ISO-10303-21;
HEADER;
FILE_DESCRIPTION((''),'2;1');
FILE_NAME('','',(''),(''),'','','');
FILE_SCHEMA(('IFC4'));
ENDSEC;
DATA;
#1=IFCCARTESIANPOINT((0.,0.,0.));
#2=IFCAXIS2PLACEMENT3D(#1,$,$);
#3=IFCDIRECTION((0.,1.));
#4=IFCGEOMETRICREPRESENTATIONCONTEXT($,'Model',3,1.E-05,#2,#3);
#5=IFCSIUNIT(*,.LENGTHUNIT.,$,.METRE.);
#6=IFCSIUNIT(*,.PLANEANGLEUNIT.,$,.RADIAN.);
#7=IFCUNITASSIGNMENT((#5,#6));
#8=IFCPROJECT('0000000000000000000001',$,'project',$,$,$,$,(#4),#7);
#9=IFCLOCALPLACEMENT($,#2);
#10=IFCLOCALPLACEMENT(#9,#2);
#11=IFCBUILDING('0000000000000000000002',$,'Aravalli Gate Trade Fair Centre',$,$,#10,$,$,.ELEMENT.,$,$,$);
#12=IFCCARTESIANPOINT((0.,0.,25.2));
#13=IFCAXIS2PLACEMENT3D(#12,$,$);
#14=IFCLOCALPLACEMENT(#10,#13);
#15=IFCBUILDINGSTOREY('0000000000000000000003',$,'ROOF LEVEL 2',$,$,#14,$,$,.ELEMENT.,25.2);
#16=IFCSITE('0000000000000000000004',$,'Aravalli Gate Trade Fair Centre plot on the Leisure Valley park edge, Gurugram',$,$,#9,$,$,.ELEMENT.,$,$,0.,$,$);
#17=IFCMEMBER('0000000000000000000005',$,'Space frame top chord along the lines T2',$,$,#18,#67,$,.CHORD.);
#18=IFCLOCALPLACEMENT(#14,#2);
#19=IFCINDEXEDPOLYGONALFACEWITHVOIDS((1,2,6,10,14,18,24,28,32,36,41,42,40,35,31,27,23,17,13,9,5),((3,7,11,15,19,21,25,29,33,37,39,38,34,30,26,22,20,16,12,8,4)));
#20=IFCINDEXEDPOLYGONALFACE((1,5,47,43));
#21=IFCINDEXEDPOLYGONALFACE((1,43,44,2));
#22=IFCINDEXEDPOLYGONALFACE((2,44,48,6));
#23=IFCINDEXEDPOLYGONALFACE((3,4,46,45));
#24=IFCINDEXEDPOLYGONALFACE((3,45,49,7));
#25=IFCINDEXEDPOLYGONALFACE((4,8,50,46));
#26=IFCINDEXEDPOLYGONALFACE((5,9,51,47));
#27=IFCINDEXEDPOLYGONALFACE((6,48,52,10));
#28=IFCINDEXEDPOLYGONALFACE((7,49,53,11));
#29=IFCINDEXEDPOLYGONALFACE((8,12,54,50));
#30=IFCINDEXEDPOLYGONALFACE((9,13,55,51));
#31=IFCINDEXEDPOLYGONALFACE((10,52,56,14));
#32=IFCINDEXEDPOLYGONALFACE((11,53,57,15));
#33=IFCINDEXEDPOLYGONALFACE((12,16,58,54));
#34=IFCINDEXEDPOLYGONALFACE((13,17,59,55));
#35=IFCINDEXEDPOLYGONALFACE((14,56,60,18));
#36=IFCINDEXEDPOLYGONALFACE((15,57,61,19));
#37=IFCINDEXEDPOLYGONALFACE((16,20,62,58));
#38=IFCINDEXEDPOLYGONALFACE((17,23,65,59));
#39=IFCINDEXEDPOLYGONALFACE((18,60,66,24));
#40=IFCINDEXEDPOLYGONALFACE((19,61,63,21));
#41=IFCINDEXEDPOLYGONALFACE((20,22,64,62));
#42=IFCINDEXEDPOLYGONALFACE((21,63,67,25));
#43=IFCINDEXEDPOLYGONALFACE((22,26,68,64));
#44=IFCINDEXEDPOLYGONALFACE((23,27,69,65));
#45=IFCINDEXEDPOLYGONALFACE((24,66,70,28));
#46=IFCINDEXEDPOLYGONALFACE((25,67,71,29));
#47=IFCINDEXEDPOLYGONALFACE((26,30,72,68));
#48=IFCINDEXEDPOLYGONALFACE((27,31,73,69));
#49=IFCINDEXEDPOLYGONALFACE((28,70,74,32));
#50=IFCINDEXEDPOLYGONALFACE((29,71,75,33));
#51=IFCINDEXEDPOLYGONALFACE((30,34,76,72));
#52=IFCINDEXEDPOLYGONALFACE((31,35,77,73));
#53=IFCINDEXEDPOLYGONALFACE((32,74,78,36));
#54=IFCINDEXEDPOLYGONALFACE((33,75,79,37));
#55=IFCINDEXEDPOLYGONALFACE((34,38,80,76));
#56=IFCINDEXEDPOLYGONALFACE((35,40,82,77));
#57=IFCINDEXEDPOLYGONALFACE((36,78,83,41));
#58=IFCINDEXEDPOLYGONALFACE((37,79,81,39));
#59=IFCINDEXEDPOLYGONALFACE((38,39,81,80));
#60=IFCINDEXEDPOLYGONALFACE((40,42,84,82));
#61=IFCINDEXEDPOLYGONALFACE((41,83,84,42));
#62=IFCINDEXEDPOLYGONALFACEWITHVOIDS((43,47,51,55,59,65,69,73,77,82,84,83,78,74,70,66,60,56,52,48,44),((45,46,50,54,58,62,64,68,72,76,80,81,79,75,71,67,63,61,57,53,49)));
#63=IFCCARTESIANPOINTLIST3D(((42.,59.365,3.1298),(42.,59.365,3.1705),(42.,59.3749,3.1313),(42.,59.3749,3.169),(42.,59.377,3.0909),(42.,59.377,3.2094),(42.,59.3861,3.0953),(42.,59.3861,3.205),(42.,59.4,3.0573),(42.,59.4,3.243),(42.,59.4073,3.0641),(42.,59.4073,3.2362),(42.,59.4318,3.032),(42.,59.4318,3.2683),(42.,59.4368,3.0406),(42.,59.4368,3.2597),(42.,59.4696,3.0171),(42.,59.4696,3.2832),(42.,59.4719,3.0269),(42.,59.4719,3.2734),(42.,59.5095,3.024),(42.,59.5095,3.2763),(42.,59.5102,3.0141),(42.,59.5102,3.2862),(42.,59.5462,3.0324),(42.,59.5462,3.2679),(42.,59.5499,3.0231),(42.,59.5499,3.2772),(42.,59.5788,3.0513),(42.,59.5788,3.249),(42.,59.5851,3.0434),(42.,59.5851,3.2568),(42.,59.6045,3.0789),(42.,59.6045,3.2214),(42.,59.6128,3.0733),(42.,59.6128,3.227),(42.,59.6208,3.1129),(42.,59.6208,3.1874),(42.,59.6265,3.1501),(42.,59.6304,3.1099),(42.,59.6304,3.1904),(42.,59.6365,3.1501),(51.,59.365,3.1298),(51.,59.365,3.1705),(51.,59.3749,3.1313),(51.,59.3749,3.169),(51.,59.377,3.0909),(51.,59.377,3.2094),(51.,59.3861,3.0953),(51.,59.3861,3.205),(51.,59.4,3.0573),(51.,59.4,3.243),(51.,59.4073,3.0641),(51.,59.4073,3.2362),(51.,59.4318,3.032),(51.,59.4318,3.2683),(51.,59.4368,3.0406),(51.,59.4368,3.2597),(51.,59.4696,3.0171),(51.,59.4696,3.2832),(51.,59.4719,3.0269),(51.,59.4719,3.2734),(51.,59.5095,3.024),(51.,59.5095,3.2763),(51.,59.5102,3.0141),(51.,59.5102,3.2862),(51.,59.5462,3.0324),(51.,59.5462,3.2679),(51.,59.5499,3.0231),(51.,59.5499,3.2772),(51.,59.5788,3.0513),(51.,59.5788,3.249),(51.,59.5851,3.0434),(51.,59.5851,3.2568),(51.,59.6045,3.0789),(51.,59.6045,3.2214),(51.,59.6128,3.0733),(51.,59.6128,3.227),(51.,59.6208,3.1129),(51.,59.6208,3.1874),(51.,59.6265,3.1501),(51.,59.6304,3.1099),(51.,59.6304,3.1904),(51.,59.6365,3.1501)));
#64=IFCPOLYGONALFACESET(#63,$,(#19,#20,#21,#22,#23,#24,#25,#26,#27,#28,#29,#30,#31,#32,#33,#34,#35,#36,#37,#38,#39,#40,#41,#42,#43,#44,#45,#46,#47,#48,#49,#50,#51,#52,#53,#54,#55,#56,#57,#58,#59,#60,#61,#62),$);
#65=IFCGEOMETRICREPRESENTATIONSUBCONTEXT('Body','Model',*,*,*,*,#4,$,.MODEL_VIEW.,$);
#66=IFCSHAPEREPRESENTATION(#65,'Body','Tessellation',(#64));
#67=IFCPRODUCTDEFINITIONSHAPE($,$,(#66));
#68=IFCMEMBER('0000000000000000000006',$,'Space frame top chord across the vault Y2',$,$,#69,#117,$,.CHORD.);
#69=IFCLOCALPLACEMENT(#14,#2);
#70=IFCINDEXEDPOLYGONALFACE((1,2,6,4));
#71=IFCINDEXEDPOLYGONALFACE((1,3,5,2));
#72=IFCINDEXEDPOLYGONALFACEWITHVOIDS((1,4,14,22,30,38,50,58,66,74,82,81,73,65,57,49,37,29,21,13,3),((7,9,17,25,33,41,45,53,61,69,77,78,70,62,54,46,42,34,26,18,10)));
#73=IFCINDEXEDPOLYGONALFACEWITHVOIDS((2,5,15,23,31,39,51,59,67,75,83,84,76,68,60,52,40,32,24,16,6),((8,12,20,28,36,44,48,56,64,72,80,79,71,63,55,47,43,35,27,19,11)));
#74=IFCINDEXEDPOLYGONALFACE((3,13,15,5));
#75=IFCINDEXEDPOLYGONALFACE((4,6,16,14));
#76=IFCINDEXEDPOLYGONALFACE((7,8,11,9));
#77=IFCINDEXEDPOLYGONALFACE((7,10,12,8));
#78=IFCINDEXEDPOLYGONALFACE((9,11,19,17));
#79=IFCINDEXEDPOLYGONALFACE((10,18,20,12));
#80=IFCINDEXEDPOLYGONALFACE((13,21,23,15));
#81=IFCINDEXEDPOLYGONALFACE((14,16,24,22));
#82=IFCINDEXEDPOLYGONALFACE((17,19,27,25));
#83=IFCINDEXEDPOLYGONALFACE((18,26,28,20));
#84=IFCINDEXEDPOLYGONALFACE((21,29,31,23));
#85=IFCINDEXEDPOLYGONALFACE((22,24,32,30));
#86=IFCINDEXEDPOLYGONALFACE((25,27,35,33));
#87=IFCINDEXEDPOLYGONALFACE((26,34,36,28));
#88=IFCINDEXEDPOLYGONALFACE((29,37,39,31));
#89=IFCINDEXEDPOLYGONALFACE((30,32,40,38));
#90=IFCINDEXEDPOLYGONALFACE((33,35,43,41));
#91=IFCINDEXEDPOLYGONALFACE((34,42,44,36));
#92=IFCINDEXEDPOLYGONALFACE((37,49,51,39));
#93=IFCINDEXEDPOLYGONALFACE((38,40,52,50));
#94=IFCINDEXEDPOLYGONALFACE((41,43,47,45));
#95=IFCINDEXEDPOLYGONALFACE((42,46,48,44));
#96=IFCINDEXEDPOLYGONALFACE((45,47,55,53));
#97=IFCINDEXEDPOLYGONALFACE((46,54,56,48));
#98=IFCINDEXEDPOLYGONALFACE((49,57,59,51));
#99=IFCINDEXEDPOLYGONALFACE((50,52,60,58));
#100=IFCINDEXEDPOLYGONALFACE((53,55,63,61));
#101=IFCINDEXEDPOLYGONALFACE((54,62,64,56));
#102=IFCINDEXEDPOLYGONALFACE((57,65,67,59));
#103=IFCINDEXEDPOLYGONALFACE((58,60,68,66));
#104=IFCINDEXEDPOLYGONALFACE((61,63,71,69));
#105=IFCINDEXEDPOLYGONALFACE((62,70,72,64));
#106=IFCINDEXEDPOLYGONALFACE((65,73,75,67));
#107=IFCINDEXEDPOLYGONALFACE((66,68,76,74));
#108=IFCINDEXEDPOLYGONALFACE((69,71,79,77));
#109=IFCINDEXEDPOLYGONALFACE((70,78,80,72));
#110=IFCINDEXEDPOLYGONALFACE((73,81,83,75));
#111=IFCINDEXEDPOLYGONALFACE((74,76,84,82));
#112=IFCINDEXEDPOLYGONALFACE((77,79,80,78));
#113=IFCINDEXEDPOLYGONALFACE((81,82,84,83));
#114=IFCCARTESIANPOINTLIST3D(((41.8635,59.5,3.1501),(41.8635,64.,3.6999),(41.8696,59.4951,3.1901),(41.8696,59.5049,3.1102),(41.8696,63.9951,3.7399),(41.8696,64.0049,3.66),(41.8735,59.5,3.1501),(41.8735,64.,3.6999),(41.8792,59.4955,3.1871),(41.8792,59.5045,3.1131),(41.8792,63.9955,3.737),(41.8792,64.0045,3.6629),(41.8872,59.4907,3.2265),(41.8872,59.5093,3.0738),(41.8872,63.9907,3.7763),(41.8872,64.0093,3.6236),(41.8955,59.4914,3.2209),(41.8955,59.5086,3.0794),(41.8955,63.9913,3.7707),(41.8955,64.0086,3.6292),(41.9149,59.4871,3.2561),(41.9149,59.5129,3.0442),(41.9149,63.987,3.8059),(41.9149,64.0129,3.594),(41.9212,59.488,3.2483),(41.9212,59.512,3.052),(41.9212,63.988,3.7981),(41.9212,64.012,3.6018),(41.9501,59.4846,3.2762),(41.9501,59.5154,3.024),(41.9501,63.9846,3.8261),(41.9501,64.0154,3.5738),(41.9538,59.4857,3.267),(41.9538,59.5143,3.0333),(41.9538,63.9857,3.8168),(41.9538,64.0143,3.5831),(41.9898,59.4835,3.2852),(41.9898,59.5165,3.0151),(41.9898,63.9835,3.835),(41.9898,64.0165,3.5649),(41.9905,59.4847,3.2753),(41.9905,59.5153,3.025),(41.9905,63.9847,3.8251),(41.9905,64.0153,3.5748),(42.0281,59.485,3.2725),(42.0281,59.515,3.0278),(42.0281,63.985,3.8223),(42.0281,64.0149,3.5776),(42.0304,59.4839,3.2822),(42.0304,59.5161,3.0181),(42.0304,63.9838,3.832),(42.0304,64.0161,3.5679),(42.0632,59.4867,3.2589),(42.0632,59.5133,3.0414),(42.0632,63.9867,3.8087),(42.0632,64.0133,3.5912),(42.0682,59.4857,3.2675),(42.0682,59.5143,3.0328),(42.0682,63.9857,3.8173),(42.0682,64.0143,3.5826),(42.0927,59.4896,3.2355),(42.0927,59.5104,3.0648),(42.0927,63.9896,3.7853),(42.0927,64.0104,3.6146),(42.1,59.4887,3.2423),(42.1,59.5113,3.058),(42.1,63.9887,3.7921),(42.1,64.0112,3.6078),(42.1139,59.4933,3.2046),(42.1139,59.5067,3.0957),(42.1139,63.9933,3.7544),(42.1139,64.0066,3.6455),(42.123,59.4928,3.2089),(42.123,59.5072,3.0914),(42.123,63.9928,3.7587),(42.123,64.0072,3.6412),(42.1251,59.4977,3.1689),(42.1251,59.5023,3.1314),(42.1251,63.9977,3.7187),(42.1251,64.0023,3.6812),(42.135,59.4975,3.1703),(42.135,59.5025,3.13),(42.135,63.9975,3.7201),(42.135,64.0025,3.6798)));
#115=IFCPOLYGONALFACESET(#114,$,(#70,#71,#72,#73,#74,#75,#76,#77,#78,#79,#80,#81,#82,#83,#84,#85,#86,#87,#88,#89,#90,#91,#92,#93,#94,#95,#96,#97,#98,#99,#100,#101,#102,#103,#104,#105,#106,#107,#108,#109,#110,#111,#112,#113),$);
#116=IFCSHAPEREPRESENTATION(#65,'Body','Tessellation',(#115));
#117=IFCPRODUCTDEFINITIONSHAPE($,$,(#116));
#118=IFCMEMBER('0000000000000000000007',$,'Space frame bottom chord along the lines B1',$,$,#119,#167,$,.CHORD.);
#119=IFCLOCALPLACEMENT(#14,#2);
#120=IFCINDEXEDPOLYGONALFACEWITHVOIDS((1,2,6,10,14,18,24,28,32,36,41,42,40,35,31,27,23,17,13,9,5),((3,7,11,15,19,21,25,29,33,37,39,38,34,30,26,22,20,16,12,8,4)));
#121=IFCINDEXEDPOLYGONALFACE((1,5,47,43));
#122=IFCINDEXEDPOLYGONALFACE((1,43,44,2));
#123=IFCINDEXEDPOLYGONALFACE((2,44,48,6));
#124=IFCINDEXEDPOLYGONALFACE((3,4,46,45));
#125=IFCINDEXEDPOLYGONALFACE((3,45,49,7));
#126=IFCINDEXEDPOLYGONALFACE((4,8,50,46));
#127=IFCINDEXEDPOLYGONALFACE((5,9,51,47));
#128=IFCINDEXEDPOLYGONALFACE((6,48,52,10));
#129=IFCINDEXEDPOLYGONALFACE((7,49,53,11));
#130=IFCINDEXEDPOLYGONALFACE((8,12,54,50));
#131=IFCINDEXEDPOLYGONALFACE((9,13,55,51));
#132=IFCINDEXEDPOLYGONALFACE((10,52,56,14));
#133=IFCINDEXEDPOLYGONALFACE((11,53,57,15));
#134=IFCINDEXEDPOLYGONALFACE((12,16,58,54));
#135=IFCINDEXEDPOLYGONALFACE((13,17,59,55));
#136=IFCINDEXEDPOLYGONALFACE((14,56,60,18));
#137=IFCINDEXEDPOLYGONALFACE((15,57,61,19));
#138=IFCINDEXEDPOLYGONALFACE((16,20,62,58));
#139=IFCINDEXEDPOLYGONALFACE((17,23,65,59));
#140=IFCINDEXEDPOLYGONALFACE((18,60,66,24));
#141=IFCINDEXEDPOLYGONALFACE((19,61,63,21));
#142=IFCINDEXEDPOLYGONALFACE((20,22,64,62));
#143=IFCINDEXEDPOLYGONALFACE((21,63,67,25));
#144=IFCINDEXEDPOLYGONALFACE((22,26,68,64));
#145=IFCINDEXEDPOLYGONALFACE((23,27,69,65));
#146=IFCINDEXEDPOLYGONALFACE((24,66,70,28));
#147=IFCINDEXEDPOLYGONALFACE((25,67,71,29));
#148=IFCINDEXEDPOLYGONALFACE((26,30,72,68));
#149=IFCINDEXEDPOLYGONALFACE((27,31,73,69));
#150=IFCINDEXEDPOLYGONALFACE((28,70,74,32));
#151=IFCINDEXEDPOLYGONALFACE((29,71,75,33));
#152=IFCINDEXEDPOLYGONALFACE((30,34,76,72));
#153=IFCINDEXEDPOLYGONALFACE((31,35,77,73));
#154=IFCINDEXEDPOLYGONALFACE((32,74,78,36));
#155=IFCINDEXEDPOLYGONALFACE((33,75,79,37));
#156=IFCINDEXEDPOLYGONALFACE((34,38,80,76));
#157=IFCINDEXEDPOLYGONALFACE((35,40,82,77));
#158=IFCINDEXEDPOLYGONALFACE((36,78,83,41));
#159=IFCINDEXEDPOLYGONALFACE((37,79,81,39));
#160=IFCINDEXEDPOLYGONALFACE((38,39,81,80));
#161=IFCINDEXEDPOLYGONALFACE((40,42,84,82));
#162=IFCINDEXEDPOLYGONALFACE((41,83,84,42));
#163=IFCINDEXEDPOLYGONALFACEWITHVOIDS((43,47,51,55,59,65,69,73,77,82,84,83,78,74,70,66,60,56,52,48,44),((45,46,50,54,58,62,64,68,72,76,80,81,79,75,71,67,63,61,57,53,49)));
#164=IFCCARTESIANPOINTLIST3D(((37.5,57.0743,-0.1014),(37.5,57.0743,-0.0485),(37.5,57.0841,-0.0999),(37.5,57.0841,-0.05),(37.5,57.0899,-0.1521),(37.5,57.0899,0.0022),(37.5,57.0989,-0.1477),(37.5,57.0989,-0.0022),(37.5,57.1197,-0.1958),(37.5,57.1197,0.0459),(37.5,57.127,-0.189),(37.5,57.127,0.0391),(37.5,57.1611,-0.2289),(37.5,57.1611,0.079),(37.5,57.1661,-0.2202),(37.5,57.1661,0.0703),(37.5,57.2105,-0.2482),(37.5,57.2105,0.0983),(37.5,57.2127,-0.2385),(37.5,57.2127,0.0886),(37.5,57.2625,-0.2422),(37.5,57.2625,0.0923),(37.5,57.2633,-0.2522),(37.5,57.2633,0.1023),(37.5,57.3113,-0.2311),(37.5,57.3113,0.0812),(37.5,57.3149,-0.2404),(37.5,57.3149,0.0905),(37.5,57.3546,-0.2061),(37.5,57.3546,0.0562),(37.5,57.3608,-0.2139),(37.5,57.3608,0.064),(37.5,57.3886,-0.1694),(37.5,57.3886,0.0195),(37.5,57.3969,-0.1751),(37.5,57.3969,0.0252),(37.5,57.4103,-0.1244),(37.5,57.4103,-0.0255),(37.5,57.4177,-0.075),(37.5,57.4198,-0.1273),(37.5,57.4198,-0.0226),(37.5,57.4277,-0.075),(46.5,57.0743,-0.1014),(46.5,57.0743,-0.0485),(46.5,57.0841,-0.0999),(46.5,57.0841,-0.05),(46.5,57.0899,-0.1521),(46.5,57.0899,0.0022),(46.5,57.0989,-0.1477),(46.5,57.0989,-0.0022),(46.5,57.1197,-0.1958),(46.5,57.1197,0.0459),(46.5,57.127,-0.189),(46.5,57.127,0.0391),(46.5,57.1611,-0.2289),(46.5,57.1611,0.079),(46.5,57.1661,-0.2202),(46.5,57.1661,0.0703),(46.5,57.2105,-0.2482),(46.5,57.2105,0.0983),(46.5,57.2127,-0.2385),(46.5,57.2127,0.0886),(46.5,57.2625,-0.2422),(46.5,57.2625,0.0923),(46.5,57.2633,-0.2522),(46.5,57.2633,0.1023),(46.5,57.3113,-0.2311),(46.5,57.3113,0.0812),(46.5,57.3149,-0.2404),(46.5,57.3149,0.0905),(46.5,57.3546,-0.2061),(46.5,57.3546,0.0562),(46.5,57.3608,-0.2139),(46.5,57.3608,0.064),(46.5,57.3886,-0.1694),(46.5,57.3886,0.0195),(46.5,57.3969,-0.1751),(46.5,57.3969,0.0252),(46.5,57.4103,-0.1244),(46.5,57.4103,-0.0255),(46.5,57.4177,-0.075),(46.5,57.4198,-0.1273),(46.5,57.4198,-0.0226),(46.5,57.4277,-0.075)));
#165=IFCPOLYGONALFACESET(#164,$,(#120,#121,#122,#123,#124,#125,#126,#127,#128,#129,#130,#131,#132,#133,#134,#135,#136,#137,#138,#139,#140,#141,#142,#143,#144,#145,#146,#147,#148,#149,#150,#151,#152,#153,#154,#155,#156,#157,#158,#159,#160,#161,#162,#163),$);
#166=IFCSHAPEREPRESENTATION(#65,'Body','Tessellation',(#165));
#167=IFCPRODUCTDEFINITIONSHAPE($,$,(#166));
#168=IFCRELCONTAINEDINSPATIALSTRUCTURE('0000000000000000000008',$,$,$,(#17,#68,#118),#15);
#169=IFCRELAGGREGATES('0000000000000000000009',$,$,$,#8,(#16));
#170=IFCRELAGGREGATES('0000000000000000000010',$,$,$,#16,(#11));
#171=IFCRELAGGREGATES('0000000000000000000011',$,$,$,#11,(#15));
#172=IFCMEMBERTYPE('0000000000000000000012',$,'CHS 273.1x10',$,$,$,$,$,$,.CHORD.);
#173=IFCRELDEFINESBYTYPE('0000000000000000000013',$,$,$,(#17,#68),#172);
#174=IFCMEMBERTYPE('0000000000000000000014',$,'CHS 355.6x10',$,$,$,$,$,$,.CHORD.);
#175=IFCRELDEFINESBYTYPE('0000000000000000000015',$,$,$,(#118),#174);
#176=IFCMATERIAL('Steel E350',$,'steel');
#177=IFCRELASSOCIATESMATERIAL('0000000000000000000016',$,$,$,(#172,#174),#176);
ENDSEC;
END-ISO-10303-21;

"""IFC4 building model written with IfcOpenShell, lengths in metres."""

from ifc_helpers import new_model, si_unit, direction, frame, origin, origin_2d, place, context, subcontext, project, spatial, hollow_circle, extrude, material, material_profile, profile_set, type_object, element, save


model = new_model("IFC4")

# Units and contexts
model_context = context("Model", 3, precision=1e-05, world=origin(), true_north=direction((0.0, 1.0)))
body_context = subcontext(model_context, "Body", "Model", "MODEL_VIEW")
ifc_project = project(units=[si_unit("LENGTHUNIT", "METRE"), si_unit("PLANEANGLEUNIT", "RADIAN")], contexts=[model_context])

# Site, building, storey
site_placement = place(None, origin())
site = spatial("IfcSite", under=ifc_project, at=site_placement, Name="Aravalli Gate Trade Fair Centre plot on the Leisure Valley park edge, Gurugram", CompositionType="ELEMENT", RefElevation=0.0)
building_placement = place(site_placement, origin())
building = spatial("IfcBuilding", under=site, at=building_placement, Name="Aravalli Gate Trade Fair Centre", CompositionType="ELEMENT")
storey_placement = place(building_placement, frame((0.0, 0.0, 25.2)))
storey = spatial("IfcBuildingStorey", under=building, at=storey_placement, Name="ROOF LEVEL 2", CompositionType="ELEMENT", Elevation=25.2)

# Members
ifc_material = material(Name="Steel E350", Category="steel")
ifc_material_profile_1 = material_profile(ifc_material, hollow_circle(Radius=0.1365, WallThickness=0.01, at=origin_2d()), Name="CHS 273.1x10")
ifc_profile_set_1 = profile_set([ifc_material_profile_1], Name="Steel E350")
member_type_1 = type_object("IfcMemberType", Name="CHS 273.1x10", PredefinedType="CHORD", material=ifc_profile_set_1)
member_1_placement = place(storey_placement, frame((42.0, 59.5, 3.1501), z_axis=(1.0, 0.0, 0.0), x_axis=(0.0, 1.0, 0.0)))
element("IfcMember", 1, at=member_1_placement, inside=storey, type_object=member_type_1, Name="Space frame top chord along the lines T2", PredefinedType="CHORD", context=body_context, shape_type="SweptSolid", body=[
    extrude(hollow_circle(Radius=0.1365, WallThickness=0.01, at=origin_2d()), origin(), (0.0, 0.0, 1.0), 9.0),
])
member_2_placement = place(storey_placement, frame((42.0, 59.5, 3.1501), z_axis=(0.0, 0.992619, 0.121277), x_axis=(-1.0, 0.0, 0.0)))
element("IfcMember", 2, at=member_2_placement, inside=storey, type_object=member_type_1, Name="Space frame top chord across the vault Y2", PredefinedType="CHORD", context=body_context, shape_type="SweptSolid", body=[
    extrude(hollow_circle(Radius=0.1365, WallThickness=0.01, at=origin_2d()), origin(), (0.0, 0.0, 1.0), 4.5334),
])
ifc_material_profile_2 = material_profile(ifc_material, hollow_circle(Radius=0.1777, WallThickness=0.01, at=origin_2d()), Name="CHS 355.6x10")
ifc_profile_set_2 = profile_set([ifc_material_profile_2], Name="Steel E350")
member_type_2 = type_object("IfcMemberType", Name="CHS 355.6x10", PredefinedType="CHORD", material=ifc_profile_set_2)
for number, where, z_axis, x_axis, name in (
    (3, (37.5, 57.25, -0.075), (1.0, 0.0, 0.0), (0.0, 1.0, 0.0), "Space frame bottom chord along the lines B1"),
):
    element("IfcMember", number, at=place(storey_placement, frame(where, z_axis=z_axis, x_axis=x_axis)), inside=storey, type_object=member_type_2, Name=name, PredefinedType="CHORD", context=body_context, shape_type="SweptSolid", body=[
        extrude(hollow_circle(Radius=0.1777, WallThickness=0.01, at=origin_2d()), origin(), (0.0, 0.0, 1.0), 9.0),
    ])

save(model, "model.ifc")
